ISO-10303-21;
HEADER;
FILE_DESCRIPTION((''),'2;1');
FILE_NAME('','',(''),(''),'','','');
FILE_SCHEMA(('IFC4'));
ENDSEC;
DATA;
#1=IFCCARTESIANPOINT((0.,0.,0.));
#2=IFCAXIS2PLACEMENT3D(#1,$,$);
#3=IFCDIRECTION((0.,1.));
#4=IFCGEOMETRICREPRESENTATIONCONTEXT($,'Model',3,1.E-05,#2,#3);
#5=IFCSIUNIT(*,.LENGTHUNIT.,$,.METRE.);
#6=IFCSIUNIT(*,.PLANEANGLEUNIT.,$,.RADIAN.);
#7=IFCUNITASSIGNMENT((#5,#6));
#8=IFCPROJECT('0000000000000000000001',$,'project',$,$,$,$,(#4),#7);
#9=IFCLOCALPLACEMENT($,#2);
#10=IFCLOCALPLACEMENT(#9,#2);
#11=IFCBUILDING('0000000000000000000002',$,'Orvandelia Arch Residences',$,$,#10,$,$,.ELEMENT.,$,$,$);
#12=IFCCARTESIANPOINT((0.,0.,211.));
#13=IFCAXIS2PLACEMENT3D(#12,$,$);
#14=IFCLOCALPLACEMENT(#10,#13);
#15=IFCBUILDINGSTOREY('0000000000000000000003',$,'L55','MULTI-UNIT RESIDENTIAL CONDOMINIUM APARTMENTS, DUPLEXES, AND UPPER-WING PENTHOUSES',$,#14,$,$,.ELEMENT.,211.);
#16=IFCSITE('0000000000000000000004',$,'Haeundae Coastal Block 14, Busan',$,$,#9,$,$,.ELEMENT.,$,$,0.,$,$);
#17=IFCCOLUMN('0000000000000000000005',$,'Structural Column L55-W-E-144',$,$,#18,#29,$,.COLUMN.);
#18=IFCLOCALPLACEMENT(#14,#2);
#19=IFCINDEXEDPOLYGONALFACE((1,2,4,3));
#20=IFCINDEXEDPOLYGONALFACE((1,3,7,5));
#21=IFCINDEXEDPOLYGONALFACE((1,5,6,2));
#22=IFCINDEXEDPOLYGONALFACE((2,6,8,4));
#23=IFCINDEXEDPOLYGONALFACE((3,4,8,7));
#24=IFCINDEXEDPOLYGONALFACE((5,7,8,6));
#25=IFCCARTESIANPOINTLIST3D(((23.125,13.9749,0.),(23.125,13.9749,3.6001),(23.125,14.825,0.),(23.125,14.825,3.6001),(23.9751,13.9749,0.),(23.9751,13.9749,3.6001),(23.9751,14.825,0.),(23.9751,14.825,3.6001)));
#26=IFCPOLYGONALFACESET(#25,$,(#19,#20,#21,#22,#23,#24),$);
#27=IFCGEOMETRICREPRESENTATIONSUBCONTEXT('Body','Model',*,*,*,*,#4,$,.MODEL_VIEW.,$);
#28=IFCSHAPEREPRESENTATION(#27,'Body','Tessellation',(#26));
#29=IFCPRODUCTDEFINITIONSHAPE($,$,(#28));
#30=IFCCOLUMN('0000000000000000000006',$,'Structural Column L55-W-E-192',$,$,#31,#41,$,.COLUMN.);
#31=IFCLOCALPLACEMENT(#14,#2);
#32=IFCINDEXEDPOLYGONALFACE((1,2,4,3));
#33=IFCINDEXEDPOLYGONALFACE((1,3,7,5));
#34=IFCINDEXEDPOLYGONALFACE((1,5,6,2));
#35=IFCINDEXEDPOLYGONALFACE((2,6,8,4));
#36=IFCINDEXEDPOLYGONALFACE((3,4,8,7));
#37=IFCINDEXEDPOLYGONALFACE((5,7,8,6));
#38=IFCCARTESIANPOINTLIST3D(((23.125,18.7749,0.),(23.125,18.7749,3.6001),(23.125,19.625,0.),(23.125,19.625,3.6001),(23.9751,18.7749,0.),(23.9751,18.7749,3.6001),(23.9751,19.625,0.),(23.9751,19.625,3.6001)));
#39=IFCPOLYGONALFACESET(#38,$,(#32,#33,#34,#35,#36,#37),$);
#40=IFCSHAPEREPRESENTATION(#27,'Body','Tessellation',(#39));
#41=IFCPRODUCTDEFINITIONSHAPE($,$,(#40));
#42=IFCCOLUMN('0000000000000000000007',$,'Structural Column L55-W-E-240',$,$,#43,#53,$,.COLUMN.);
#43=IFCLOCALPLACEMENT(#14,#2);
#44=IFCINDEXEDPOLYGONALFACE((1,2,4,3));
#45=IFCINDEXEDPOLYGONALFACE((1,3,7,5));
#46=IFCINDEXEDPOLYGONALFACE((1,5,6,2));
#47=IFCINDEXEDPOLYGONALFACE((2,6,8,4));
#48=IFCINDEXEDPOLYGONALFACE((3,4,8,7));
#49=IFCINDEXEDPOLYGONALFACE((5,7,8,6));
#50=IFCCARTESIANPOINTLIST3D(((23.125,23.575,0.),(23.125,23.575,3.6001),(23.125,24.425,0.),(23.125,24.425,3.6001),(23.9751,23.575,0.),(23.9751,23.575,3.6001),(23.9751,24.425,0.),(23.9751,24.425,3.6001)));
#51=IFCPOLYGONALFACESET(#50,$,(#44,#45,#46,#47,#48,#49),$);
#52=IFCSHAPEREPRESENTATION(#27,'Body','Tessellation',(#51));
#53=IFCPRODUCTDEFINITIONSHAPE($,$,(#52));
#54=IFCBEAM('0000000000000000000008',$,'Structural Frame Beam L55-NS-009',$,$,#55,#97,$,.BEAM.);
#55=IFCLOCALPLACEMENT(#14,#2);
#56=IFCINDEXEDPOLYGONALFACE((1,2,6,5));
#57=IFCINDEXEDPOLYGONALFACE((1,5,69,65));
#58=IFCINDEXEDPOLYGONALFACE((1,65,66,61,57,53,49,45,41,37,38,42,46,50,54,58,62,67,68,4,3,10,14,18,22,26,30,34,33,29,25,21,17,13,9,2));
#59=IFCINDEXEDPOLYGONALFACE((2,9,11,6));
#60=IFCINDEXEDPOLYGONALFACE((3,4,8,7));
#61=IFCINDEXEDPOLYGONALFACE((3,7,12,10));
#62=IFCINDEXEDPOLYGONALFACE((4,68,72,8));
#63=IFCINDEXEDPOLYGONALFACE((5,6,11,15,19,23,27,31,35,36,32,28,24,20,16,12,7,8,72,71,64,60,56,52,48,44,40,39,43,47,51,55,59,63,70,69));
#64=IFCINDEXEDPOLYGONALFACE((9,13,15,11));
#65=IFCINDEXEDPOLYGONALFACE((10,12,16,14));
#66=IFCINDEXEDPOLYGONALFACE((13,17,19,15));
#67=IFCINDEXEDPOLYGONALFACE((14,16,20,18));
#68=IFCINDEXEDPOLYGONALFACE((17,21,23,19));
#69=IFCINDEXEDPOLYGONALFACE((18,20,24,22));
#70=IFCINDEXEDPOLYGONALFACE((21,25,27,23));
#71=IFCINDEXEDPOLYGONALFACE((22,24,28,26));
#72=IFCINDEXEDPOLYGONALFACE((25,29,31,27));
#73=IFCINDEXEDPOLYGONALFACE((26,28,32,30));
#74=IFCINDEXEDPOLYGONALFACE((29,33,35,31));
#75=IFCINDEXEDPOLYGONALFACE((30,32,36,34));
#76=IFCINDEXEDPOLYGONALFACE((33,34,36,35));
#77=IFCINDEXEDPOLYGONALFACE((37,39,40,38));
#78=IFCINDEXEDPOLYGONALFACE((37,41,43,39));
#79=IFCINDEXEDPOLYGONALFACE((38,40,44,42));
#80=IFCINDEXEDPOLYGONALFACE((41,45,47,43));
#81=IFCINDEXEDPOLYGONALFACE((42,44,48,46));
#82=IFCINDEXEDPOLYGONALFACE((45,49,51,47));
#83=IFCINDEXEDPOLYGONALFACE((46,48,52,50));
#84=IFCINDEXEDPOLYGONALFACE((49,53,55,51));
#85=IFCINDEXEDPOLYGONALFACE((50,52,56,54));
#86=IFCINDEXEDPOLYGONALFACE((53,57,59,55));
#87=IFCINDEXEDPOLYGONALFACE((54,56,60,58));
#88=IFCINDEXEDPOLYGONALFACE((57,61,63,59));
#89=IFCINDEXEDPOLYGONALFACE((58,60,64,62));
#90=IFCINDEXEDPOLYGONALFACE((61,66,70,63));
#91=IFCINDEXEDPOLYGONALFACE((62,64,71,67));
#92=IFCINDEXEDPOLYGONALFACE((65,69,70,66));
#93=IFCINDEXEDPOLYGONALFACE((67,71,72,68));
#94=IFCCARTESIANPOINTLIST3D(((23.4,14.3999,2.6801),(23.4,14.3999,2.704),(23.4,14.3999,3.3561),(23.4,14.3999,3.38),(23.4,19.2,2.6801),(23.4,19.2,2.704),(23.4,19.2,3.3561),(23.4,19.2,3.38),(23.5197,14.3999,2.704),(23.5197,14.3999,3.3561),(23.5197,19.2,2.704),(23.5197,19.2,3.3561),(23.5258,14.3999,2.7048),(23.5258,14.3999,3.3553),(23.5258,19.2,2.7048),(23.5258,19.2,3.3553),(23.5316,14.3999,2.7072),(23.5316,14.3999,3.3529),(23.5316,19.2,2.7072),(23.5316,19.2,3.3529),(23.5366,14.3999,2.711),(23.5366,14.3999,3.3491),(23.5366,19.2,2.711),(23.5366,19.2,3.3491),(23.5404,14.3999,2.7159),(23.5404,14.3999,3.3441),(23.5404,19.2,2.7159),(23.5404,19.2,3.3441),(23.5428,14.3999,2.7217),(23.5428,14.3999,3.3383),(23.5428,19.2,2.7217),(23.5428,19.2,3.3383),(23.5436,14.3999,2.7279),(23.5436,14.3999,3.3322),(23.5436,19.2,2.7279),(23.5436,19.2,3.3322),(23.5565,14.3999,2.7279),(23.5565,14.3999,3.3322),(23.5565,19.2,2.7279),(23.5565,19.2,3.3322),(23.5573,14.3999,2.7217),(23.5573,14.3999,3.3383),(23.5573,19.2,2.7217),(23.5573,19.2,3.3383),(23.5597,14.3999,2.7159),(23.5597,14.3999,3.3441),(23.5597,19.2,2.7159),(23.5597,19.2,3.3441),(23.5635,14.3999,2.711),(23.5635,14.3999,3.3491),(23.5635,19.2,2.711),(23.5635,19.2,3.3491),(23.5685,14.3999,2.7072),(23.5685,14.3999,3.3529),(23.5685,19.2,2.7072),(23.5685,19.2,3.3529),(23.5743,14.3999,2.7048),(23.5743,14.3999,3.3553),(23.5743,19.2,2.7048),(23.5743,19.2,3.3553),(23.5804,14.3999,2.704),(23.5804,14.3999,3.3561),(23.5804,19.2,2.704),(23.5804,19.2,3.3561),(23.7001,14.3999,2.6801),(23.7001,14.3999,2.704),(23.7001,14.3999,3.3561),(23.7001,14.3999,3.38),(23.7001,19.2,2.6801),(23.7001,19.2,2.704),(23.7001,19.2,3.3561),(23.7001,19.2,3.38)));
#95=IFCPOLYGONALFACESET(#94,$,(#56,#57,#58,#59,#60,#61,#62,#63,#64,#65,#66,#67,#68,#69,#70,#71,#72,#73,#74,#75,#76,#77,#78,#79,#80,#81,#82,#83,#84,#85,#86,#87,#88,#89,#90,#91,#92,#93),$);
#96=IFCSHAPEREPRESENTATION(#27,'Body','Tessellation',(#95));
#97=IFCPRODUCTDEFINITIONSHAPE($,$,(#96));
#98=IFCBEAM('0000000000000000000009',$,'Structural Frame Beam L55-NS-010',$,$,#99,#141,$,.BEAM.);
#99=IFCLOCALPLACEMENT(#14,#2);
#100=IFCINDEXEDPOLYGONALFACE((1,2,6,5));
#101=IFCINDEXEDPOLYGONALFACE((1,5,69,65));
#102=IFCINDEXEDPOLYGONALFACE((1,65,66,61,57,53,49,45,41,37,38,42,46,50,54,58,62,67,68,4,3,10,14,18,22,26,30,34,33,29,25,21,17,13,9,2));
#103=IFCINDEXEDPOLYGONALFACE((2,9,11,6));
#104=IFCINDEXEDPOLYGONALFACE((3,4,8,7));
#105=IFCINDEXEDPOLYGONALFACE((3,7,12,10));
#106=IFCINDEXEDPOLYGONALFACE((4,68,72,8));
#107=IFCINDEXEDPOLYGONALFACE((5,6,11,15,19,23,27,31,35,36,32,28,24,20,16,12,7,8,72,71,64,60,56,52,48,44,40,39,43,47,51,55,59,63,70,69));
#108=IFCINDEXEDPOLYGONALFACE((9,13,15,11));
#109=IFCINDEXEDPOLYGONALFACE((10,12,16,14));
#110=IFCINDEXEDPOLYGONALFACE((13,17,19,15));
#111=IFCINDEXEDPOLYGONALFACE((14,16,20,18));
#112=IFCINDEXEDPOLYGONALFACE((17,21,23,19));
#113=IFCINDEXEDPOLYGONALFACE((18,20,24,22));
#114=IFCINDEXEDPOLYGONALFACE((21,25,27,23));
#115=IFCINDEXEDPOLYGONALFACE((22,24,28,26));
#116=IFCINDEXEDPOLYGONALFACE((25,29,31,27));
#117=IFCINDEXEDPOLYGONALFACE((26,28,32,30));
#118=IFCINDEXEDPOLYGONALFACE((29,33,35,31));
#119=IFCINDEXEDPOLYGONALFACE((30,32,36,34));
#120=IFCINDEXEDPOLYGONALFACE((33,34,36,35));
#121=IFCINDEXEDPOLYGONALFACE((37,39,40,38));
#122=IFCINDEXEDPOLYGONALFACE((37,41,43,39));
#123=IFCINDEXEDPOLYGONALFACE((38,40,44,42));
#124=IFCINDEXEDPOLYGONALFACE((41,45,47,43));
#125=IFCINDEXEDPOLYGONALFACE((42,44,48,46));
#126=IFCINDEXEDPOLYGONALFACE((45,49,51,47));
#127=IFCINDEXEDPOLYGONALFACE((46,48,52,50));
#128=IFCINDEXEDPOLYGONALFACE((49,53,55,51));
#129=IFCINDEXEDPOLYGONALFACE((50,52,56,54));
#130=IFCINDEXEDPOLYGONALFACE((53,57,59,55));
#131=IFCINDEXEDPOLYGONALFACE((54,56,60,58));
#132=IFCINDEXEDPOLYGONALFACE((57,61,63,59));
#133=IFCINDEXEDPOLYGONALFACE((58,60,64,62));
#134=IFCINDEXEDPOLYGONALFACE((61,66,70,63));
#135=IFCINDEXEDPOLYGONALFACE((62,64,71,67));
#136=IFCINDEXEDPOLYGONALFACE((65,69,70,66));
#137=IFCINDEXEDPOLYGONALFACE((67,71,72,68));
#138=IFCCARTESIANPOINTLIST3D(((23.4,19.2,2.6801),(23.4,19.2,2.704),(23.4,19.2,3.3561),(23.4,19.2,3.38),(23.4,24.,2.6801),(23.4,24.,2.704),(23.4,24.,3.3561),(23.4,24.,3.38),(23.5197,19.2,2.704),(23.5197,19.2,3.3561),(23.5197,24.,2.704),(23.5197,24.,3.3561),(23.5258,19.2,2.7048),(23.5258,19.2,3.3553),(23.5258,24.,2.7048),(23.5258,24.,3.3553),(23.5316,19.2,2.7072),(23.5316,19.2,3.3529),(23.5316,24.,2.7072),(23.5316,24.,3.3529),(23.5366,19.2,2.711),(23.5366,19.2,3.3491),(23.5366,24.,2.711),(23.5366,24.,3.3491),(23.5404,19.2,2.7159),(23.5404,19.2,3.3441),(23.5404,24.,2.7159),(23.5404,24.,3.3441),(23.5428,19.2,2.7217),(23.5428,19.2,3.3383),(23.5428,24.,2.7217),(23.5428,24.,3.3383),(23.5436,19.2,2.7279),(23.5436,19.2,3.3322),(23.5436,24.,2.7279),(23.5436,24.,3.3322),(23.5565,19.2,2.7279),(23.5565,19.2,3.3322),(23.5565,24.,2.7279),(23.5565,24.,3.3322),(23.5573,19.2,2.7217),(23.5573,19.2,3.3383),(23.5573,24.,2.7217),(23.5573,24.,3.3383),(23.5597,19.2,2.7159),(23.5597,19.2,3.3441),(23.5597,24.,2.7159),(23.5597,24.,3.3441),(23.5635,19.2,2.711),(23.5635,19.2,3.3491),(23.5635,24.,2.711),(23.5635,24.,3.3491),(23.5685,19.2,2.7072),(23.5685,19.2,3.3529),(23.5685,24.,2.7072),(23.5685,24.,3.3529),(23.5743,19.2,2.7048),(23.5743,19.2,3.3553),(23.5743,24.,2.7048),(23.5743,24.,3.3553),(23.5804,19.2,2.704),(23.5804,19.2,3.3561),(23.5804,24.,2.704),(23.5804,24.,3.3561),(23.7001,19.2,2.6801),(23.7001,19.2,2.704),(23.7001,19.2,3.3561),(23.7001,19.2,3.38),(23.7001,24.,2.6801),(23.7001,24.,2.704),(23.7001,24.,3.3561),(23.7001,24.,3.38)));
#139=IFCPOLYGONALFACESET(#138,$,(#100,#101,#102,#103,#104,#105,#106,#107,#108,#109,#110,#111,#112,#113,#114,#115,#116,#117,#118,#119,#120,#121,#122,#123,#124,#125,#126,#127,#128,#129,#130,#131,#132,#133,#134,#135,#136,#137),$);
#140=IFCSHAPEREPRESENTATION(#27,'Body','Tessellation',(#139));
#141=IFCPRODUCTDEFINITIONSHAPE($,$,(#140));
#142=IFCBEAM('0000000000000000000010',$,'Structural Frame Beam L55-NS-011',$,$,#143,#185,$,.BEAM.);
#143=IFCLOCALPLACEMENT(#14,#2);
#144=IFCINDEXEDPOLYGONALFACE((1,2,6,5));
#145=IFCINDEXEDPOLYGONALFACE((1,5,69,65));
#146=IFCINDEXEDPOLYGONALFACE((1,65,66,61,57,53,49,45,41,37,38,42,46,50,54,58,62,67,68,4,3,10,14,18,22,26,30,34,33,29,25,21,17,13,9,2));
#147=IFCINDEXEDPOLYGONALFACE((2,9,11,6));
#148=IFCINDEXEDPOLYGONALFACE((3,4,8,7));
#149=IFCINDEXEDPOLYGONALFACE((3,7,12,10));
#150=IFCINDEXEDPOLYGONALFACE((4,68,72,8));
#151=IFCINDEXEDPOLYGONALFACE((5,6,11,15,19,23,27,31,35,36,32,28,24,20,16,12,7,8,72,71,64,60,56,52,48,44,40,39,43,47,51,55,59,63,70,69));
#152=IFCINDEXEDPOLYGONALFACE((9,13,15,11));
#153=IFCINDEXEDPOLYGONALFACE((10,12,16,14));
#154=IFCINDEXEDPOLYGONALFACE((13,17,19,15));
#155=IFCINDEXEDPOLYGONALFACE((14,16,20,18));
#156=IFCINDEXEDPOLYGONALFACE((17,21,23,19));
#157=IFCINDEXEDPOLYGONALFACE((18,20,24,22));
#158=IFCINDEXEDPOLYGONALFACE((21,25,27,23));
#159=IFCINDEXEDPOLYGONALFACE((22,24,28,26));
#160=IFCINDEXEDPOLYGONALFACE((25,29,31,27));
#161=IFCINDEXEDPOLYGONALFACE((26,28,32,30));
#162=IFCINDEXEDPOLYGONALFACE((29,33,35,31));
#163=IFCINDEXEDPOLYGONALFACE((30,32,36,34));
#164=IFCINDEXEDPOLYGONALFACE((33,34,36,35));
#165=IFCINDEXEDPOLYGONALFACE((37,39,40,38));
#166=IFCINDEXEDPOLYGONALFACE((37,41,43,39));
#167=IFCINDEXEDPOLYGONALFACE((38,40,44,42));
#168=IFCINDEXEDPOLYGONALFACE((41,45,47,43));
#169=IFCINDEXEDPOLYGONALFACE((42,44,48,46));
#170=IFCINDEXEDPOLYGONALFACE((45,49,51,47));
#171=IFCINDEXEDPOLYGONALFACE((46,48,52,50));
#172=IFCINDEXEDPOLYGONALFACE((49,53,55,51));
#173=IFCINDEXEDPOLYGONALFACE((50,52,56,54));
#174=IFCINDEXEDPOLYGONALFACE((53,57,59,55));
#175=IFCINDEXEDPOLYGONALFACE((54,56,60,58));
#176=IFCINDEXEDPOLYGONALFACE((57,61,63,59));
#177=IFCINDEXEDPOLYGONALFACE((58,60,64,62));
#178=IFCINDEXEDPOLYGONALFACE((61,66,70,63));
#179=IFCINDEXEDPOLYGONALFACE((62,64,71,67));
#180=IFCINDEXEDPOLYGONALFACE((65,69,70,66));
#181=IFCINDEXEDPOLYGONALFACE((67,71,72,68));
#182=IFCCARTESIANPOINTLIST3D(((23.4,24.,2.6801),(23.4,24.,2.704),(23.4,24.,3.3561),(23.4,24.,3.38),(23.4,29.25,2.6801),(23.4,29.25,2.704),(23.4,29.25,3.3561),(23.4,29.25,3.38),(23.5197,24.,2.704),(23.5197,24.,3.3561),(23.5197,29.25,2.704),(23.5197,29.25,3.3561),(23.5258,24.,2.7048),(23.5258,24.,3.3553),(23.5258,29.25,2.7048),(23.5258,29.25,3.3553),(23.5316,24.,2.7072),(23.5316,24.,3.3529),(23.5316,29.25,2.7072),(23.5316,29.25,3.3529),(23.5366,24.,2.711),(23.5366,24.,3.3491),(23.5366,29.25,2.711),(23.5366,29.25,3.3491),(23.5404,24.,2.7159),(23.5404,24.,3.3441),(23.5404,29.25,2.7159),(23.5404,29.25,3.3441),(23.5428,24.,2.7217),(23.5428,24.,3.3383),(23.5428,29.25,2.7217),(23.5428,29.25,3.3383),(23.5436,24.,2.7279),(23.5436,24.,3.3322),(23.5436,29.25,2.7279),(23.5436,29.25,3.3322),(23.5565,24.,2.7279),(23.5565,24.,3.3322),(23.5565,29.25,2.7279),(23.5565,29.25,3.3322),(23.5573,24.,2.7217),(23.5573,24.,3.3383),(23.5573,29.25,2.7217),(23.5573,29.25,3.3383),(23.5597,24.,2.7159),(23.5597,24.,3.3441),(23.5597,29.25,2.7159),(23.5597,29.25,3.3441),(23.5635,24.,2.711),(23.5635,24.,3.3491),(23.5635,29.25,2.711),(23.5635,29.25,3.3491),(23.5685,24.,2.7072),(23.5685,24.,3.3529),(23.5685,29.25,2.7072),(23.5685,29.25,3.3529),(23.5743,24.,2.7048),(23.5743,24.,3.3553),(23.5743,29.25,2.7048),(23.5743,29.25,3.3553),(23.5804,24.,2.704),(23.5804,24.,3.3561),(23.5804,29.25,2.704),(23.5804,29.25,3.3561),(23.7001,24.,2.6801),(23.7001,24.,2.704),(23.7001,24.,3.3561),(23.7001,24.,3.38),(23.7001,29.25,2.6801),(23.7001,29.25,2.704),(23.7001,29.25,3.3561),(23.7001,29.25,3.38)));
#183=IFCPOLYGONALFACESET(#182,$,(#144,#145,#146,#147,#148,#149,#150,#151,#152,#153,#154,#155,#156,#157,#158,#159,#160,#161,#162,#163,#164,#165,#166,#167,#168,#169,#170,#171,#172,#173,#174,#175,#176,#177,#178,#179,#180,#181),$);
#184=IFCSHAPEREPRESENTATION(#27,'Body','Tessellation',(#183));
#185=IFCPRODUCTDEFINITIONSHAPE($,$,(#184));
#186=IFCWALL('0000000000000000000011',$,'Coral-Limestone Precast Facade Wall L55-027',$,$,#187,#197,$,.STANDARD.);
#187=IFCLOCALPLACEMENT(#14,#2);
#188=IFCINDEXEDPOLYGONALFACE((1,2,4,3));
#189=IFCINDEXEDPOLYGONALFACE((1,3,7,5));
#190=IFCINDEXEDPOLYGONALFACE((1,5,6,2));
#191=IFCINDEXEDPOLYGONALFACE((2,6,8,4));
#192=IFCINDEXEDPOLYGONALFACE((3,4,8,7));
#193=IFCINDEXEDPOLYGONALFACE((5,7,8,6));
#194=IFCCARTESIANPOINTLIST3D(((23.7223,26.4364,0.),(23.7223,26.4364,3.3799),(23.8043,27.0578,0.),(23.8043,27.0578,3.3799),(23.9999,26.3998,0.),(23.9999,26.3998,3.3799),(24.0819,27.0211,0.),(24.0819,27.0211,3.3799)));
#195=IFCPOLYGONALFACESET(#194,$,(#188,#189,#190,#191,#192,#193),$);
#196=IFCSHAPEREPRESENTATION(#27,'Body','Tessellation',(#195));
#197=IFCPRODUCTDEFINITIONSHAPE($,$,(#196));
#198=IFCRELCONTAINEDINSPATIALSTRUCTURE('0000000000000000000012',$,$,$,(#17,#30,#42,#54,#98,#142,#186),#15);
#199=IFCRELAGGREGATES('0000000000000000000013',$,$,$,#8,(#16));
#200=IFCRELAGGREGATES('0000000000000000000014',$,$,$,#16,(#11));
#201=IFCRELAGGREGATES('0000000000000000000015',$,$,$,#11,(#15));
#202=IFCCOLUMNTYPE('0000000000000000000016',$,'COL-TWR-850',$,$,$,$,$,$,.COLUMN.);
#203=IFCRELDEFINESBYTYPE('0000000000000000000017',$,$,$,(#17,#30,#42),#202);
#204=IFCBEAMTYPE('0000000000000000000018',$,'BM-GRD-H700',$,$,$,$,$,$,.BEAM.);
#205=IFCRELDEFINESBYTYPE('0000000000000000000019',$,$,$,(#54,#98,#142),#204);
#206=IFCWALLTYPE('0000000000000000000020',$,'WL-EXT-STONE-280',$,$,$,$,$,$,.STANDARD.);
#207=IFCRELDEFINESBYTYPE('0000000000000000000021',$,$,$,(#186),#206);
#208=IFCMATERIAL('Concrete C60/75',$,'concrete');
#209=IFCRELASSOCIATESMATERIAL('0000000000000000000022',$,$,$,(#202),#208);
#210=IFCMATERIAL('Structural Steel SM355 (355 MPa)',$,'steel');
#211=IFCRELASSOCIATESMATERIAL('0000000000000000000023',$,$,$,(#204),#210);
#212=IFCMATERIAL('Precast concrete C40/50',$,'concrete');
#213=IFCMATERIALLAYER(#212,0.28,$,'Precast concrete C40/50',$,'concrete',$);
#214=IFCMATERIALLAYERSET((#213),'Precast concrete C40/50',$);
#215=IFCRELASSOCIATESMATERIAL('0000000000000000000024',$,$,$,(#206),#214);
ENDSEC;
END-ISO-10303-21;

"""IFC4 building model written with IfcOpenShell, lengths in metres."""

from ifc_helpers import new_model, si_unit, direction, frame, frame_2d, origin, origin_2d, place, context, subcontext, project, spatial, rectangle, i_section, extrude, material, layer, layer_set, material_profile, profile_set, type_object, element, save


model = new_model("IFC4")

# Units and contexts
model_context = context("Model", 3, precision=1e-05, world=origin(), true_north=direction((0.0, 1.0)))
body_context = subcontext(model_context, "Body", "Model", "MODEL_VIEW")
ifc_project = project(units=[si_unit("LENGTHUNIT", "METRE"), si_unit("PLANEANGLEUNIT", "RADIAN")], contexts=[model_context])

# Site, building, storey
site_placement = place(None, origin())
site = spatial("IfcSite", under=ifc_project, at=site_placement, Name="Haeundae Coastal Block 14, Busan", CompositionType="ELEMENT", RefElevation=0.0)
building_placement = place(site_placement, origin())
building = spatial("IfcBuilding", under=site, at=building_placement, Name="Orvandelia Arch Residences", CompositionType="ELEMENT")
storey_placement = place(building_placement, frame((0.0, 0.0, 211.0)))
storey = spatial("IfcBuildingStorey", under=building, at=storey_placement, Name="L55", Description="MULTI-UNIT RESIDENTIAL CONDOMINIUM APARTMENTS, DUPLEXES, AND UPPER-WING PENTHOUSES", CompositionType="ELEMENT", Elevation=211.0)

# Columns
ifc_material_1 = material(Name="Concrete C60/75", Category="concrete")
ifc_material_profile_1 = material_profile(ifc_material_1, rectangle(XDim=0.8501, YDim=0.8501, at=origin_2d()), Name="Concrete C60/75", Category="concrete")
ifc_profile_set_1 = profile_set([ifc_material_profile_1], Name="Concrete C60/75")
column_type = type_object("IfcColumnType", Name="COL-TWR-850", PredefinedType="COLUMN", material=ifc_profile_set_1)
for number, where, z_axis, x_axis, name in (
    (1, (23.55, 14.3999, 0.0), (0.0, 0.0, 1.0), (1.0, 0.0, 0.0), "Structural Column L55-W-E-144"),
    (2, (23.55, 19.2, 0.0), (0.0, 0.0, 1.0), (1.0, 0.0, 0.0), "Structural Column L55-W-E-192"),
    (3, (23.55, 24.0, 0.0), (0.0, 0.0, 1.0), (1.0, 0.0, 0.0), "Structural Column L55-W-E-240"),
):
    element("IfcColumn", number, at=place(storey_placement, frame(where, z_axis=z_axis, x_axis=x_axis)), inside=storey, type_object=column_type, Name=name, PredefinedType="COLUMN", context=body_context, shape_type="SweptSolid", body=[
        extrude(rectangle(XDim=0.8501, YDim=0.8501, at=origin_2d()), origin(), (0.0, 0.0, 1.0), 3.6001),
    ])

# Beams
ifc_material_2 = material(Name="Structural Steel SM355 (355 MPa)", Category="steel")
ifc_material_profile_2 = material_profile(ifc_material_2, i_section(OverallWidth=0.3, OverallDepth=0.7, WebThickness=0.0129, FlangeThickness=0.0239, FilletRadius=0.0239, at=origin_2d()), Name="Structural Steel SM355 (355 MPa)", Category="steel")
ifc_profile_set_2 = profile_set([ifc_material_profile_2], Name="Structural Steel SM355 (355 MPa)")
beam_type = type_object("IfcBeamType", Name="BM-GRD-H700", PredefinedType="BEAM", material=ifc_profile_set_2)
for number, where, z_axis, x_axis, name in (
    (4, (23.55, 14.3999, 3.03), (0.0, 1.0, 0.0), (-1.0, 0.0, 0.0), "Structural Frame Beam L55-NS-009"),
    (5, (23.55, 19.2, 3.03), (0.0, 1.0, 0.0), (-1.0, 0.0, 0.0), "Structural Frame Beam L55-NS-010"),
):
    element("IfcBeam", number, at=place(storey_placement, frame(where, z_axis=z_axis, x_axis=x_axis)), inside=storey, type_object=beam_type, Name=name, PredefinedType="BEAM", context=body_context, shape_type="SweptSolid", body=[
        extrude(i_section(OverallWidth=0.3, OverallDepth=0.7, WebThickness=0.0129, FlangeThickness=0.0239, FilletRadius=0.0239, at=origin_2d()), origin(), (0.0, 0.0, 1.0), 4.8),
    ])
beam_placement = place(storey_placement, frame((23.55, 24.0, 3.03), z_axis=(0.0, 1.0, 0.0), x_axis=(-1.0, 0.0, 0.0)))
element("IfcBeam", 6, at=beam_placement, inside=storey, type_object=beam_type, Name="Structural Frame Beam L55-NS-011", PredefinedType="BEAM", context=body_context, shape_type="SweptSolid", body=[
    extrude(i_section(OverallWidth=0.3, OverallDepth=0.7, WebThickness=0.0129, FlangeThickness=0.0239, FilletRadius=0.0239, at=origin_2d()), origin(), (0.0, 0.0, 1.0), 5.25),
])

# Wall
ifc_material_3 = material(Name="Precast concrete C40/50", Category="concrete")
ifc_layer_1 = layer(ifc_material_3, 0.28, Name="Precast concrete C40/50", Category="concrete")
ifc_layer_set_1 = layer_set([ifc_layer_1], Name="Precast concrete C40/50")
wall_type_1 = type_object("IfcWallType", Name="WL-EXT-STONE-280", PredefinedType="STANDARD", material=ifc_layer_set_1)
wall_1_placement = place(storey_placement, frame((23.9431, 27.0396, 0.0), z_axis=(0.0, 0.0, 1.0), x_axis=(-0.130888, -0.991397, 0.0)))
element("IfcWall", 7, at=wall_1_placement, inside=storey, type_object=wall_type_1, Name="Coral-Limestone Precast Facade Wall L55-027", PredefinedType="STANDARD", context=body_context, shape_type="SweptSolid", body=[
    extrude(rectangle(XDim=0.6267, YDim=0.28, at=frame_2d((0.3135, 0.0))), origin(), (0.0, 0.0, 1.0), 3.3799),
])

save(model, "model.ifc")
